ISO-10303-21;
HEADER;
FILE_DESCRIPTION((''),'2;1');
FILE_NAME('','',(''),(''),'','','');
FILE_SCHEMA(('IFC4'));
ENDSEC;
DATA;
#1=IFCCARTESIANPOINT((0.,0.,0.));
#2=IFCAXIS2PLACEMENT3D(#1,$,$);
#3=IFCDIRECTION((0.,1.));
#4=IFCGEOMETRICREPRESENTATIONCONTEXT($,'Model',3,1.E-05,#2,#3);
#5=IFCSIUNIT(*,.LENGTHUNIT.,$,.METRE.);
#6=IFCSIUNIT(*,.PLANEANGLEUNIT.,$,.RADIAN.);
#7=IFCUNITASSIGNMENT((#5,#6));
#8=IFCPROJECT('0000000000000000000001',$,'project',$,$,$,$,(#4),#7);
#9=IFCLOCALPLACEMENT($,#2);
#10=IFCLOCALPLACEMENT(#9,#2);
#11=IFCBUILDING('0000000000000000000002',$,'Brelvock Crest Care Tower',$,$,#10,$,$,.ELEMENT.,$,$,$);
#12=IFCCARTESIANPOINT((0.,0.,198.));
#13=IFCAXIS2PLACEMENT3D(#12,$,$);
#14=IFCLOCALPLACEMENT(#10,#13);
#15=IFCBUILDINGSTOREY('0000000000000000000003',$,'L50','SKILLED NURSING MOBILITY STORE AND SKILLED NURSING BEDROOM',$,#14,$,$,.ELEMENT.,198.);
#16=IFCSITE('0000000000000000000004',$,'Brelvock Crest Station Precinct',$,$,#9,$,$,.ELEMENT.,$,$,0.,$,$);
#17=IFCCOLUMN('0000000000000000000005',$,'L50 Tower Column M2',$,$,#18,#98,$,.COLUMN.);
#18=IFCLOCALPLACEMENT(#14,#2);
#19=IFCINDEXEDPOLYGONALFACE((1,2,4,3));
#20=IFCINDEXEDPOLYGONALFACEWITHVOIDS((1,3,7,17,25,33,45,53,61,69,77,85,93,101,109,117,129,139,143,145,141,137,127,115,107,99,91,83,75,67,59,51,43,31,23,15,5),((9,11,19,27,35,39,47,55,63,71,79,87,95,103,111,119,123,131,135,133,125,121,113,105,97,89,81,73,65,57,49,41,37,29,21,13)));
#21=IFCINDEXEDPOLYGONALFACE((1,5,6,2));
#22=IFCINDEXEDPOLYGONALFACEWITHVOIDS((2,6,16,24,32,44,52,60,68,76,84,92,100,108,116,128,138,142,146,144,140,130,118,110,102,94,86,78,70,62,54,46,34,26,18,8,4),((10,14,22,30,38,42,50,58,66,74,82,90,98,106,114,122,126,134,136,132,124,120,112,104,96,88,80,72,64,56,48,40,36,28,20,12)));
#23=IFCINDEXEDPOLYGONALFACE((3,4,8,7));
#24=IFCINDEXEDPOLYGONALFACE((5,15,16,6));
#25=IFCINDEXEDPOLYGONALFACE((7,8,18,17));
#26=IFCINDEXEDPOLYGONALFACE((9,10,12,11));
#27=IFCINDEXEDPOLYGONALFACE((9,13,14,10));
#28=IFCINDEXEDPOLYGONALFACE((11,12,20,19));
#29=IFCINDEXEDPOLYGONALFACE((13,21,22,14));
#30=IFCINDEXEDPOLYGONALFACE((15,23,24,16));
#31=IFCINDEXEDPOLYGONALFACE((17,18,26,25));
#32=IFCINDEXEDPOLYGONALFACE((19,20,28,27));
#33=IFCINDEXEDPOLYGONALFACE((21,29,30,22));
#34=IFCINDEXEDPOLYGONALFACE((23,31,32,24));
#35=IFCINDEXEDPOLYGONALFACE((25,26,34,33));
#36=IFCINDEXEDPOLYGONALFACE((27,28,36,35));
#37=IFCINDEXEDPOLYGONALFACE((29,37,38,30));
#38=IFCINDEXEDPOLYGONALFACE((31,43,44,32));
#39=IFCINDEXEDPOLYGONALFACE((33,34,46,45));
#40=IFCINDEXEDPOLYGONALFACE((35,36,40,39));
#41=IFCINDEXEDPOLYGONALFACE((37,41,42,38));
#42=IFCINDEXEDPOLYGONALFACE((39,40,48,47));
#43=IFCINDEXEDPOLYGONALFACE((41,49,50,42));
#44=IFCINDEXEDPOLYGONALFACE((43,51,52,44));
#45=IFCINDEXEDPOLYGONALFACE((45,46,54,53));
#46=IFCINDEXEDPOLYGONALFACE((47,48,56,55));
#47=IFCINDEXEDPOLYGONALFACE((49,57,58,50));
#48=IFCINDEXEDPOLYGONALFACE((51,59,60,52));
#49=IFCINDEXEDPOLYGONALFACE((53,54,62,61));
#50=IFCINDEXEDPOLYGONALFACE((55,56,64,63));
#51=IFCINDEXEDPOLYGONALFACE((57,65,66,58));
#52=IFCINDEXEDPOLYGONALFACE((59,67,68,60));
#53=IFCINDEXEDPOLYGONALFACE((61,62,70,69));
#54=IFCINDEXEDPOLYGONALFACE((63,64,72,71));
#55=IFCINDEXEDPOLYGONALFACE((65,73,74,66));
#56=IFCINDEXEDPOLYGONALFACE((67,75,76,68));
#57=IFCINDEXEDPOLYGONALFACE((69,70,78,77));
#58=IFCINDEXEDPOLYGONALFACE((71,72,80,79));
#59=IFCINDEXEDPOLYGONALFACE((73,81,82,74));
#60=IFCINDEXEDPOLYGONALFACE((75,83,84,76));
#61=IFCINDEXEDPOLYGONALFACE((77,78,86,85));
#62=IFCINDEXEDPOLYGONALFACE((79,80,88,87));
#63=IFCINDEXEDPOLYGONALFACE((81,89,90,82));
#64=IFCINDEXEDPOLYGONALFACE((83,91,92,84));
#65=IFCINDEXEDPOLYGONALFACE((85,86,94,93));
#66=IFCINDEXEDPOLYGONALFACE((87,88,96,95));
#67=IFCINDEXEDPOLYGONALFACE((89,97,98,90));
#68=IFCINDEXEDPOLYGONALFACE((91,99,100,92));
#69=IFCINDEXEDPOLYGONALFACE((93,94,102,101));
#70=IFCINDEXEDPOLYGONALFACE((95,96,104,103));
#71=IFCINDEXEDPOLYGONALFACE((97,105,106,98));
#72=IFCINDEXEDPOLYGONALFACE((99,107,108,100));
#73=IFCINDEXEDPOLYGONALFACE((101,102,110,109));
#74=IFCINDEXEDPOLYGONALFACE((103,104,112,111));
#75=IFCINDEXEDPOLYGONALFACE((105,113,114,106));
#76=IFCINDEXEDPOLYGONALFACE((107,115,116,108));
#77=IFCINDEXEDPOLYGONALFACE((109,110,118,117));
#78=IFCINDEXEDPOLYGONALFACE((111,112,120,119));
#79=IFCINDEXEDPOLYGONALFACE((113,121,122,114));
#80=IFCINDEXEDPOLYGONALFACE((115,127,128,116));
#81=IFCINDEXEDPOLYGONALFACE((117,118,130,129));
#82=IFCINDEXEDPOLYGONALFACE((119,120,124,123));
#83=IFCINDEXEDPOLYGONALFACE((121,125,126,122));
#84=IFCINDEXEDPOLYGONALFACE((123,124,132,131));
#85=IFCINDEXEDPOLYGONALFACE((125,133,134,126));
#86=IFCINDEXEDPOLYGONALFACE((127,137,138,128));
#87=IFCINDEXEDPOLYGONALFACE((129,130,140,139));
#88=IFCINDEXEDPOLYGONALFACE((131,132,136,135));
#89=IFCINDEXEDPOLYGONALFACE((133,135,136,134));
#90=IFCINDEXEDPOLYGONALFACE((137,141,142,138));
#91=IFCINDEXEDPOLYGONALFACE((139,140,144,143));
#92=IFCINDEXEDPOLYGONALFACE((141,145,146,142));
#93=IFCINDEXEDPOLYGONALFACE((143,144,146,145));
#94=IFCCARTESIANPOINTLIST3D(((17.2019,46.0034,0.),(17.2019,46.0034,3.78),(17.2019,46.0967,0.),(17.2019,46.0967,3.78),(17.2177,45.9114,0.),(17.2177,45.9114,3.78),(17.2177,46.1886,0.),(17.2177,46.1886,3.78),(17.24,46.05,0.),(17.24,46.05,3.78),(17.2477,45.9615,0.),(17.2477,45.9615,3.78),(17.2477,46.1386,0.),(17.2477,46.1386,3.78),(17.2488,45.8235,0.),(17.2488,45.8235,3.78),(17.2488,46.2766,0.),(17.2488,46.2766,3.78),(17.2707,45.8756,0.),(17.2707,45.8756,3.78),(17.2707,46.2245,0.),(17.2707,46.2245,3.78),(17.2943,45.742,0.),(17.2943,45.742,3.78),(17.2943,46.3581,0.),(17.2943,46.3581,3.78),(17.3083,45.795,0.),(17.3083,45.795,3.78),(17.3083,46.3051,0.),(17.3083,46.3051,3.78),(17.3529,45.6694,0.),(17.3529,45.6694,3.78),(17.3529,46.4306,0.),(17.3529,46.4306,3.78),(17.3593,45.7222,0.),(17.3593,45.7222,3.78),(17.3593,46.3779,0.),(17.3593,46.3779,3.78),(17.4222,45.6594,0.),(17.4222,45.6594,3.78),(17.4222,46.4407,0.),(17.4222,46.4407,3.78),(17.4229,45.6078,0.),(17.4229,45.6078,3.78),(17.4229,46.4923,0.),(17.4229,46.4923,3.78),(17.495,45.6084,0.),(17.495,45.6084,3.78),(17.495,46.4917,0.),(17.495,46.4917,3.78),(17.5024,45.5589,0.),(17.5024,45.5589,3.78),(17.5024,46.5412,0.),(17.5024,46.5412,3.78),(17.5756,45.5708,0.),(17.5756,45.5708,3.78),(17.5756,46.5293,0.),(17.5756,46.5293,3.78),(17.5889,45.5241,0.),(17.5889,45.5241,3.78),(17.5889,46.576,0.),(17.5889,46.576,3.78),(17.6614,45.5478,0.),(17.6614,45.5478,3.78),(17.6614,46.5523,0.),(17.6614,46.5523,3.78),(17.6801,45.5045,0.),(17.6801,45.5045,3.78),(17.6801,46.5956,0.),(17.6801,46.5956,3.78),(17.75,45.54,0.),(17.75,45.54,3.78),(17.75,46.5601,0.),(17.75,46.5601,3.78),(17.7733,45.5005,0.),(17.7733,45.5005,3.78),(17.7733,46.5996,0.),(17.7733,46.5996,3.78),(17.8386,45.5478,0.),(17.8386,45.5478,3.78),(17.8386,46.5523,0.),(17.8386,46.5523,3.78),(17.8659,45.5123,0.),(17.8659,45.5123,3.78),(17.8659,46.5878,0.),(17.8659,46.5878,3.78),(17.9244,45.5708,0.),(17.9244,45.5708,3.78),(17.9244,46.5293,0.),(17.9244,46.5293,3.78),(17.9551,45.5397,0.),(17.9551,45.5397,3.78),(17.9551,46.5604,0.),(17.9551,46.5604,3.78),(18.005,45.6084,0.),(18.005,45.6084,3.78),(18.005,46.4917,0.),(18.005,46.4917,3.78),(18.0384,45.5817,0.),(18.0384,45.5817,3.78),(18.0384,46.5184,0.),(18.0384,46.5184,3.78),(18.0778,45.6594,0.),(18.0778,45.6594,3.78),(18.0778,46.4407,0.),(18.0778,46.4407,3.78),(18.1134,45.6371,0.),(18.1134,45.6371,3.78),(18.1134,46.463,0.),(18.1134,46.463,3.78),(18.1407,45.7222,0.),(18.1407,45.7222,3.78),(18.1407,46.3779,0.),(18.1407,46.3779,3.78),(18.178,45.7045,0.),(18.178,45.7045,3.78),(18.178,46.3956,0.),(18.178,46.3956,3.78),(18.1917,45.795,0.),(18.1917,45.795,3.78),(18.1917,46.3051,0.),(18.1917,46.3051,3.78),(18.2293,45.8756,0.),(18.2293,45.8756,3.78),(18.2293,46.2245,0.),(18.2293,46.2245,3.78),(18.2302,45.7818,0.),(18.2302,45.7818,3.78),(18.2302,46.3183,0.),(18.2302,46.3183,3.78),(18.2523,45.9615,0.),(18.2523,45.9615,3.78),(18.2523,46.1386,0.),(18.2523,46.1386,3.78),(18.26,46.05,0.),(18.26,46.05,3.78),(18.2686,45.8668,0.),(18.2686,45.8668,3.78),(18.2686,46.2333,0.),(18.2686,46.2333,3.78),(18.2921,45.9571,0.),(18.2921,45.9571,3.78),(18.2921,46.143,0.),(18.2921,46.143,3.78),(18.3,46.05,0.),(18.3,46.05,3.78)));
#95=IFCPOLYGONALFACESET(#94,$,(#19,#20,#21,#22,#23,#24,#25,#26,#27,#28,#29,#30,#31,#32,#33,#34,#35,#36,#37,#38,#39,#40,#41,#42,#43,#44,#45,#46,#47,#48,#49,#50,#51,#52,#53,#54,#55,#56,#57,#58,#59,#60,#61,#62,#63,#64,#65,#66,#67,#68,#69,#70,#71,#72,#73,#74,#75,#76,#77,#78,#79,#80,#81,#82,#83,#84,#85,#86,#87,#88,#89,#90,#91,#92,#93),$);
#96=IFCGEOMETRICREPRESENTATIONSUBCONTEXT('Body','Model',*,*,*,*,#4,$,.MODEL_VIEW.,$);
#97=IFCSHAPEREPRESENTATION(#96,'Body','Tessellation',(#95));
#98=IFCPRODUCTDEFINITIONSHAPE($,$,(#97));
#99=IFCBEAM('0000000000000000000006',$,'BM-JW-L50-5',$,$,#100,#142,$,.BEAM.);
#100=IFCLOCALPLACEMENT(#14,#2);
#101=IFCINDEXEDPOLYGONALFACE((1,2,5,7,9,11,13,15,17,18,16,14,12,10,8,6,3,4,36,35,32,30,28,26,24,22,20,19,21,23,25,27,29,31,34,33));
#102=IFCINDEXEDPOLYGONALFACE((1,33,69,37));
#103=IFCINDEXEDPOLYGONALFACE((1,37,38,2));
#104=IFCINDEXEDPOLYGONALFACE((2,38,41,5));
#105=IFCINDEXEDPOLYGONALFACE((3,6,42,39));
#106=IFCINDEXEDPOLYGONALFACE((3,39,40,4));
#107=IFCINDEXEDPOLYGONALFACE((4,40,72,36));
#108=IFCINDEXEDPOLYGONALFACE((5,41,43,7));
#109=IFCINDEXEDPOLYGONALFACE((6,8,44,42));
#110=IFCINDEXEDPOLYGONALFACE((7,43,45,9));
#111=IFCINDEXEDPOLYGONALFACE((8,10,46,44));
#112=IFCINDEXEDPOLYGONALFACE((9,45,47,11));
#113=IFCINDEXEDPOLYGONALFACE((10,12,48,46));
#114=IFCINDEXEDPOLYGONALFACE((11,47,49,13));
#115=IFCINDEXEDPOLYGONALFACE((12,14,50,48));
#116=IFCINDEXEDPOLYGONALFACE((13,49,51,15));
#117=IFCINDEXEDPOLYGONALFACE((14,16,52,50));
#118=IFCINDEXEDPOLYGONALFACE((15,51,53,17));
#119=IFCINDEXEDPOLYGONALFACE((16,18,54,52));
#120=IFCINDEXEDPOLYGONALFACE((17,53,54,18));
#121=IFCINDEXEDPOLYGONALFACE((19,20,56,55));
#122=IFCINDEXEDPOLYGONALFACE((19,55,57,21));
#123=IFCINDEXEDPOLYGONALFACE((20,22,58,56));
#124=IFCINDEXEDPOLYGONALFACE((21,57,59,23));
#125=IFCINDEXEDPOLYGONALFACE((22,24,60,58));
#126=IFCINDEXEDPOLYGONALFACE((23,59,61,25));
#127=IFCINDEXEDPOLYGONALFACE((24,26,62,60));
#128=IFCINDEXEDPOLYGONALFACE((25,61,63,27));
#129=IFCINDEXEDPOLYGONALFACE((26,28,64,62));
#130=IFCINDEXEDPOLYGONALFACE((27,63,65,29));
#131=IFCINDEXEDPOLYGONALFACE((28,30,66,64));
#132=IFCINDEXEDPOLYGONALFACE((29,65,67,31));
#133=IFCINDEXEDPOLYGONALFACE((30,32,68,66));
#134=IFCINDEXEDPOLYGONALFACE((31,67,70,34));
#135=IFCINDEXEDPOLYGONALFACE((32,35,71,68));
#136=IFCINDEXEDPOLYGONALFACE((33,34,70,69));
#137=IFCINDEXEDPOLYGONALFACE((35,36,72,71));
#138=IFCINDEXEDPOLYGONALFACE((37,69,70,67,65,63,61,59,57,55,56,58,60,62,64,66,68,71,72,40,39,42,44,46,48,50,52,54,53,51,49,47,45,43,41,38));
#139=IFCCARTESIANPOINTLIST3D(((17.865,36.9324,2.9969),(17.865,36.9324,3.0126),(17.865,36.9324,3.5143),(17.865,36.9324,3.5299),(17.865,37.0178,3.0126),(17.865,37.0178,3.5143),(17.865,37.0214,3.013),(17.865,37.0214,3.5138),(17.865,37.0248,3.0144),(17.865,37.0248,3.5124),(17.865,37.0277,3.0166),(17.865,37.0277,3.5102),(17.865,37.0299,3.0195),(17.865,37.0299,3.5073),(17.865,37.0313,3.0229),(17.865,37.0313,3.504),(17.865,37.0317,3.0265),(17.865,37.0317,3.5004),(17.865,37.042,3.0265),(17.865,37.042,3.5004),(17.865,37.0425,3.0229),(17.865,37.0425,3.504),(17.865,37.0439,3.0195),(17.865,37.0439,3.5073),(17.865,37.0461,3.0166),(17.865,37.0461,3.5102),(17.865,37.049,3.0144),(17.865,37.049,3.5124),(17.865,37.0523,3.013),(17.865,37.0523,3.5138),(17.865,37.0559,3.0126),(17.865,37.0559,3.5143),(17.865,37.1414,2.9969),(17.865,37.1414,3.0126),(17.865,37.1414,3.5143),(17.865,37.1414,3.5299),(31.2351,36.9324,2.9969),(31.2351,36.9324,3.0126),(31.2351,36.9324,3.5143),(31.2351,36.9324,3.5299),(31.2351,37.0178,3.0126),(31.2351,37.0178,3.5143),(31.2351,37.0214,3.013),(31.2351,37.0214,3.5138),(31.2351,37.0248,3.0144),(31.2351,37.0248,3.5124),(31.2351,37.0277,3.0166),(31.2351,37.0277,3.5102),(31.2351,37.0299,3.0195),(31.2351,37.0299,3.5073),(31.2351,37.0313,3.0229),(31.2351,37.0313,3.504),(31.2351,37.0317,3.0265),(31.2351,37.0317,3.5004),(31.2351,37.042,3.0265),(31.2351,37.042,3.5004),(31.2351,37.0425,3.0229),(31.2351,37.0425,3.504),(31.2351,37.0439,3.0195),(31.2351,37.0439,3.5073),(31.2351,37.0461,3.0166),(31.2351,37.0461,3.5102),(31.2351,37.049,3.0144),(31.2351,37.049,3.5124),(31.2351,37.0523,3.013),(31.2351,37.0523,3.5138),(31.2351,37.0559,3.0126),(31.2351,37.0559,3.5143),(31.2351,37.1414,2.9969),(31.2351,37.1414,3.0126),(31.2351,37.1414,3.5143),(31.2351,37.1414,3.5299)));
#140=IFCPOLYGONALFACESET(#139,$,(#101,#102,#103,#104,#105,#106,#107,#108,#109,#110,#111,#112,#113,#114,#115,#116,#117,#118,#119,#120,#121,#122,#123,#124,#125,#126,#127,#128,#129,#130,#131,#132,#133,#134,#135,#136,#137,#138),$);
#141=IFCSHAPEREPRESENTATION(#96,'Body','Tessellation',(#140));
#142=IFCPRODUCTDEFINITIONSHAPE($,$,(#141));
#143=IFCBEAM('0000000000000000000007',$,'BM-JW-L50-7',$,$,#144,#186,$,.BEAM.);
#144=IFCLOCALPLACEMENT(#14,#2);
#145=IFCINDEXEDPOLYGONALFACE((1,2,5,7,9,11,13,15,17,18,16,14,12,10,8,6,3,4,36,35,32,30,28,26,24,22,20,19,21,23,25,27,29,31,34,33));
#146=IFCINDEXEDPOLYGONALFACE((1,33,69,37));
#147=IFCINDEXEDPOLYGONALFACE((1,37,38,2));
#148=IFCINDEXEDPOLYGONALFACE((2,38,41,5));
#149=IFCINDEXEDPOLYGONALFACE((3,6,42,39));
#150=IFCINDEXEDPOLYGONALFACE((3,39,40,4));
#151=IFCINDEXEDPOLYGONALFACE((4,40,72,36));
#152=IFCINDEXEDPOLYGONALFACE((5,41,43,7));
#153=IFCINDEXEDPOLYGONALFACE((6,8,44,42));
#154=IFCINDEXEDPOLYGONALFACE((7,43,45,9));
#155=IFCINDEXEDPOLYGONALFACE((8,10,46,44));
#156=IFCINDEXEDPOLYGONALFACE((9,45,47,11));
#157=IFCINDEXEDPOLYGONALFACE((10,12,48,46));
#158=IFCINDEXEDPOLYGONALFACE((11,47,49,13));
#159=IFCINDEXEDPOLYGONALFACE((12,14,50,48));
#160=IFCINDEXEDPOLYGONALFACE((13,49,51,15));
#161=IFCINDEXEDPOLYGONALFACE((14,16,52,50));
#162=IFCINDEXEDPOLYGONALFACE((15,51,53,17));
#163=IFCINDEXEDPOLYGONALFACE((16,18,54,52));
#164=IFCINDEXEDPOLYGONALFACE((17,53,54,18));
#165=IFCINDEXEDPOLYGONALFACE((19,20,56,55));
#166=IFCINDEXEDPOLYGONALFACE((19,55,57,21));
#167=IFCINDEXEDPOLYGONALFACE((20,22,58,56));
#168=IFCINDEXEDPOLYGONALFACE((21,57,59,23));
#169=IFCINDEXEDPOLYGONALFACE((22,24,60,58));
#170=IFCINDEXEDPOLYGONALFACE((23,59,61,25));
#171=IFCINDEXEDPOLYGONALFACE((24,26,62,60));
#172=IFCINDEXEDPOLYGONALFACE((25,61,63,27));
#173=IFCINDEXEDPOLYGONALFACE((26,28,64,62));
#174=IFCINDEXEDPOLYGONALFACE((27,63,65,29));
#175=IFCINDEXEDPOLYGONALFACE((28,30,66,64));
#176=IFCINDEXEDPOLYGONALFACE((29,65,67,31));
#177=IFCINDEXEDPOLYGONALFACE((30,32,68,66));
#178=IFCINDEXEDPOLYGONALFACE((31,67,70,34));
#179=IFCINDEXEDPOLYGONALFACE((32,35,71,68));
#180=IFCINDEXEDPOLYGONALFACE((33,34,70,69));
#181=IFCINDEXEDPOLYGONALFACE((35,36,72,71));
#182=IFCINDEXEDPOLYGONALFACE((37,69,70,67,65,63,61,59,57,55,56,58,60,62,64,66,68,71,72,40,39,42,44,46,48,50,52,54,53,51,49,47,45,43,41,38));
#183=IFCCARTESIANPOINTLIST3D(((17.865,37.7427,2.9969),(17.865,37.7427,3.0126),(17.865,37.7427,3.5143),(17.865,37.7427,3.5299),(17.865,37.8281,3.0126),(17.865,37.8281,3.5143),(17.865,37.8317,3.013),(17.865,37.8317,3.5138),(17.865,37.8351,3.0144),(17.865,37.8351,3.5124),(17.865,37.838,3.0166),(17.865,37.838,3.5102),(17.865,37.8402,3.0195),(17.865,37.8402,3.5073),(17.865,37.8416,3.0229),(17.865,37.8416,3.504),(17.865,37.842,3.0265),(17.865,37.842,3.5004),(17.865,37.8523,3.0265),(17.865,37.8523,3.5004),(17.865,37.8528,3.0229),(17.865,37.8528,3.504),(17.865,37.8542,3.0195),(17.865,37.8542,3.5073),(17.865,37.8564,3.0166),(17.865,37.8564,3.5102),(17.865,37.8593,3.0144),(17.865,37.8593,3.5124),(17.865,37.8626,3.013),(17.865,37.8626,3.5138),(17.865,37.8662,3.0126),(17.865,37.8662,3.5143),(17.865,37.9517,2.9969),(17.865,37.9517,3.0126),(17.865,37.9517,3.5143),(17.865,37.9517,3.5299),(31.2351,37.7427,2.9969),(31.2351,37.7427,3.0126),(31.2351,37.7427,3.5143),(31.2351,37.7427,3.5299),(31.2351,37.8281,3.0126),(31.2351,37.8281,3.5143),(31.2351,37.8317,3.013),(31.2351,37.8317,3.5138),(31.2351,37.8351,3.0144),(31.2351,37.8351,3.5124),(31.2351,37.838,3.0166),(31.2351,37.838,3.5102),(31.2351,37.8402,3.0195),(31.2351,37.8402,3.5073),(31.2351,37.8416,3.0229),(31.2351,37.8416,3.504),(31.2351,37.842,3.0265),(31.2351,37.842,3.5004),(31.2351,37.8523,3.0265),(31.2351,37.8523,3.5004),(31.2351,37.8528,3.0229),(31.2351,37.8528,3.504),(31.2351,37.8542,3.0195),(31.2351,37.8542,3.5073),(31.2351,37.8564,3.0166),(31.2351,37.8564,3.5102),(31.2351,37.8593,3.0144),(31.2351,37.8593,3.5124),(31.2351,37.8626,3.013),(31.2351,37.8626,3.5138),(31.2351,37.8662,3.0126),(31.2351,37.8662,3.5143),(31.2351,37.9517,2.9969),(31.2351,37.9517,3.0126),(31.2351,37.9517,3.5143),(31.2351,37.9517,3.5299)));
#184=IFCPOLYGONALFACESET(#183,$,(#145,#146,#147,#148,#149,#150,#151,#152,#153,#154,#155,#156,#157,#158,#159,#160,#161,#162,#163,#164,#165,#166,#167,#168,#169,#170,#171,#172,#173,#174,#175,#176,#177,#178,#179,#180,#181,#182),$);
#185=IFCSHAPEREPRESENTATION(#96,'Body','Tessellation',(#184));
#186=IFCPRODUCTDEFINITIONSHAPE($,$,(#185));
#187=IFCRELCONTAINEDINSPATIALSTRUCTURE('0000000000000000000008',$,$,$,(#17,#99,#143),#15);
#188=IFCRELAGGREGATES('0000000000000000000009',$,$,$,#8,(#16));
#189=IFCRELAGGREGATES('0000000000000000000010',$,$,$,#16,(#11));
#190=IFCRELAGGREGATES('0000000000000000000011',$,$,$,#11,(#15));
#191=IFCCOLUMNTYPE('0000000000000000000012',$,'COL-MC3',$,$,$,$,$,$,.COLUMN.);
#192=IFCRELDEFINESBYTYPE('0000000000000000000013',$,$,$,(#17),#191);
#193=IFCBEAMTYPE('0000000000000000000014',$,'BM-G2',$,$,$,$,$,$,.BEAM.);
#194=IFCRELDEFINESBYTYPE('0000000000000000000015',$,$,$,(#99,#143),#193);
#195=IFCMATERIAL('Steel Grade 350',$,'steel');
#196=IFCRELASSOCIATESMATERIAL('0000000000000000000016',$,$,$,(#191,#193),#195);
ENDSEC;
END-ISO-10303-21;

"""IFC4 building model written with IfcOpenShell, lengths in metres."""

from ifc_helpers import new_model, si_unit, direction, frame, origin, origin_2d, place, context, subcontext, project, spatial, hollow_circle, i_section, extrude, source, transform, mapped, material, material_profile, profile_set, type_object, element, save


model = new_model("IFC4")

# Units and contexts
model_context = context("Model", 3, precision=1e-05, world=origin(), true_north=direction((0.0, 1.0)))
body_context = subcontext(model_context, "Body", "Model", "MODEL_VIEW")
ifc_project = project(units=[si_unit("LENGTHUNIT", "METRE"), si_unit("PLANEANGLEUNIT", "RADIAN")], contexts=[model_context])

# Site, building, storey
site_placement = place(None, origin())
site = spatial("IfcSite", under=ifc_project, at=site_placement, Name="Brelvock Crest Station Precinct", CompositionType="ELEMENT", RefElevation=0.0)
building_placement = place(site_placement, origin())
building = spatial("IfcBuilding", under=site, at=building_placement, Name="Brelvock Crest Care Tower", CompositionType="ELEMENT")
storey_placement = place(building_placement, frame((0.0, 0.0, 198.0)))
storey = spatial("IfcBuildingStorey", under=building, at=storey_placement, Name="L50", Description="SKILLED NURSING MOBILITY STORE AND SKILLED NURSING BEDROOM", CompositionType="ELEMENT", Elevation=198.0)

# Column
ifc_material_1 = material(Name="Steel Grade 350", Category="steel")
ifc_material_profile_1 = material_profile(ifc_material_1, hollow_circle(Radius=0.55, WallThickness=0.04, at=origin_2d()), Name="CFT1100x40")
ifc_profile_set_1 = profile_set([ifc_material_profile_1], Name="Steel Grade 350")
column_type = type_object("IfcColumnType", Name="COL-MC3", PredefinedType="COLUMN", material=ifc_profile_set_1)
shared_shape_1 = source(origin(), body_context, "Body", "SweptSolid", [
    extrude(hollow_circle(Radius=0.55, WallThickness=0.04, at=origin_2d()), origin(), (0.0, 0.0, 1.0), 3.78),
])
column_placement = place(storey_placement, frame((17.75, 46.05, 0.0), z_axis=(0.0, 0.0, 1.0), x_axis=(1.0, 0.0, 0.0)))
element("IfcColumn", 1, at=column_placement, inside=storey, type_object=column_type, Name="L50 Tower Column M2", PredefinedType="COLUMN", context=body_context, shape_type="MappedRepresentation", body=[
    mapped(shared_shape_1, transform((0.0, 0.0, 0.0), x_axis=(1.0, 0.0, 0.0), y_axis=(0.0, 1.0, 0.0), z_axis=(0.0, 0.0, 1.0), scale=1.0)),
])

# Beams
ifc_material_profile_2 = material_profile(ifc_material_1, i_section(OverallWidth=0.209, OverallDepth=0.533, WebThickness=0.0103, FlangeThickness=0.0156, FilletRadius=0.0139, at=origin_2d()), Name="530UB92.4")
ifc_profile_set_2 = profile_set([ifc_material_profile_2], Name="Steel Grade 350")
beam_type_1 = type_object("IfcBeamType", Name="BM-G2", PredefinedType="BEAM", material=ifc_profile_set_2)
shared_shape_2 = source(origin(), body_context, "Body", "SweptSolid", [
    extrude(i_section(OverallWidth=0.209, OverallDepth=0.533, WebThickness=0.0103, FlangeThickness=0.0156, FilletRadius=0.0139, at=origin_2d()), origin(), (0.0, 0.0, 1.0), 13.3701),
])
for number, where, z_axis, x_axis, name in (
    (2, (17.865, 37.0369, 3.2634), (1.0, 0.0, 0.0), (0.0, 1.0, 0.0), "BM-JW-L50-5"),
    (3, (17.865, 37.8472, 3.2634), (1.0, 0.0, 0.0), (0.0, 1.0, 0.0), "BM-JW-L50-7"),
):
    element("IfcBeam", number, at=place(storey_placement, frame(where, z_axis=z_axis, x_axis=x_axis)), inside=storey, type_object=beam_type_1, Name=name, PredefinedType="BEAM", context=body_context, shape_type="MappedRepresentation", body=[
        mapped(shared_shape_2, transform((0.0, 0.0, 0.0), x_axis=(1.0, 0.0, 0.0), y_axis=(0.0, 1.0, 0.0), z_axis=(0.0, 0.0, 1.0), scale=1.0)),
    ])

save(model, "model.ifc")
